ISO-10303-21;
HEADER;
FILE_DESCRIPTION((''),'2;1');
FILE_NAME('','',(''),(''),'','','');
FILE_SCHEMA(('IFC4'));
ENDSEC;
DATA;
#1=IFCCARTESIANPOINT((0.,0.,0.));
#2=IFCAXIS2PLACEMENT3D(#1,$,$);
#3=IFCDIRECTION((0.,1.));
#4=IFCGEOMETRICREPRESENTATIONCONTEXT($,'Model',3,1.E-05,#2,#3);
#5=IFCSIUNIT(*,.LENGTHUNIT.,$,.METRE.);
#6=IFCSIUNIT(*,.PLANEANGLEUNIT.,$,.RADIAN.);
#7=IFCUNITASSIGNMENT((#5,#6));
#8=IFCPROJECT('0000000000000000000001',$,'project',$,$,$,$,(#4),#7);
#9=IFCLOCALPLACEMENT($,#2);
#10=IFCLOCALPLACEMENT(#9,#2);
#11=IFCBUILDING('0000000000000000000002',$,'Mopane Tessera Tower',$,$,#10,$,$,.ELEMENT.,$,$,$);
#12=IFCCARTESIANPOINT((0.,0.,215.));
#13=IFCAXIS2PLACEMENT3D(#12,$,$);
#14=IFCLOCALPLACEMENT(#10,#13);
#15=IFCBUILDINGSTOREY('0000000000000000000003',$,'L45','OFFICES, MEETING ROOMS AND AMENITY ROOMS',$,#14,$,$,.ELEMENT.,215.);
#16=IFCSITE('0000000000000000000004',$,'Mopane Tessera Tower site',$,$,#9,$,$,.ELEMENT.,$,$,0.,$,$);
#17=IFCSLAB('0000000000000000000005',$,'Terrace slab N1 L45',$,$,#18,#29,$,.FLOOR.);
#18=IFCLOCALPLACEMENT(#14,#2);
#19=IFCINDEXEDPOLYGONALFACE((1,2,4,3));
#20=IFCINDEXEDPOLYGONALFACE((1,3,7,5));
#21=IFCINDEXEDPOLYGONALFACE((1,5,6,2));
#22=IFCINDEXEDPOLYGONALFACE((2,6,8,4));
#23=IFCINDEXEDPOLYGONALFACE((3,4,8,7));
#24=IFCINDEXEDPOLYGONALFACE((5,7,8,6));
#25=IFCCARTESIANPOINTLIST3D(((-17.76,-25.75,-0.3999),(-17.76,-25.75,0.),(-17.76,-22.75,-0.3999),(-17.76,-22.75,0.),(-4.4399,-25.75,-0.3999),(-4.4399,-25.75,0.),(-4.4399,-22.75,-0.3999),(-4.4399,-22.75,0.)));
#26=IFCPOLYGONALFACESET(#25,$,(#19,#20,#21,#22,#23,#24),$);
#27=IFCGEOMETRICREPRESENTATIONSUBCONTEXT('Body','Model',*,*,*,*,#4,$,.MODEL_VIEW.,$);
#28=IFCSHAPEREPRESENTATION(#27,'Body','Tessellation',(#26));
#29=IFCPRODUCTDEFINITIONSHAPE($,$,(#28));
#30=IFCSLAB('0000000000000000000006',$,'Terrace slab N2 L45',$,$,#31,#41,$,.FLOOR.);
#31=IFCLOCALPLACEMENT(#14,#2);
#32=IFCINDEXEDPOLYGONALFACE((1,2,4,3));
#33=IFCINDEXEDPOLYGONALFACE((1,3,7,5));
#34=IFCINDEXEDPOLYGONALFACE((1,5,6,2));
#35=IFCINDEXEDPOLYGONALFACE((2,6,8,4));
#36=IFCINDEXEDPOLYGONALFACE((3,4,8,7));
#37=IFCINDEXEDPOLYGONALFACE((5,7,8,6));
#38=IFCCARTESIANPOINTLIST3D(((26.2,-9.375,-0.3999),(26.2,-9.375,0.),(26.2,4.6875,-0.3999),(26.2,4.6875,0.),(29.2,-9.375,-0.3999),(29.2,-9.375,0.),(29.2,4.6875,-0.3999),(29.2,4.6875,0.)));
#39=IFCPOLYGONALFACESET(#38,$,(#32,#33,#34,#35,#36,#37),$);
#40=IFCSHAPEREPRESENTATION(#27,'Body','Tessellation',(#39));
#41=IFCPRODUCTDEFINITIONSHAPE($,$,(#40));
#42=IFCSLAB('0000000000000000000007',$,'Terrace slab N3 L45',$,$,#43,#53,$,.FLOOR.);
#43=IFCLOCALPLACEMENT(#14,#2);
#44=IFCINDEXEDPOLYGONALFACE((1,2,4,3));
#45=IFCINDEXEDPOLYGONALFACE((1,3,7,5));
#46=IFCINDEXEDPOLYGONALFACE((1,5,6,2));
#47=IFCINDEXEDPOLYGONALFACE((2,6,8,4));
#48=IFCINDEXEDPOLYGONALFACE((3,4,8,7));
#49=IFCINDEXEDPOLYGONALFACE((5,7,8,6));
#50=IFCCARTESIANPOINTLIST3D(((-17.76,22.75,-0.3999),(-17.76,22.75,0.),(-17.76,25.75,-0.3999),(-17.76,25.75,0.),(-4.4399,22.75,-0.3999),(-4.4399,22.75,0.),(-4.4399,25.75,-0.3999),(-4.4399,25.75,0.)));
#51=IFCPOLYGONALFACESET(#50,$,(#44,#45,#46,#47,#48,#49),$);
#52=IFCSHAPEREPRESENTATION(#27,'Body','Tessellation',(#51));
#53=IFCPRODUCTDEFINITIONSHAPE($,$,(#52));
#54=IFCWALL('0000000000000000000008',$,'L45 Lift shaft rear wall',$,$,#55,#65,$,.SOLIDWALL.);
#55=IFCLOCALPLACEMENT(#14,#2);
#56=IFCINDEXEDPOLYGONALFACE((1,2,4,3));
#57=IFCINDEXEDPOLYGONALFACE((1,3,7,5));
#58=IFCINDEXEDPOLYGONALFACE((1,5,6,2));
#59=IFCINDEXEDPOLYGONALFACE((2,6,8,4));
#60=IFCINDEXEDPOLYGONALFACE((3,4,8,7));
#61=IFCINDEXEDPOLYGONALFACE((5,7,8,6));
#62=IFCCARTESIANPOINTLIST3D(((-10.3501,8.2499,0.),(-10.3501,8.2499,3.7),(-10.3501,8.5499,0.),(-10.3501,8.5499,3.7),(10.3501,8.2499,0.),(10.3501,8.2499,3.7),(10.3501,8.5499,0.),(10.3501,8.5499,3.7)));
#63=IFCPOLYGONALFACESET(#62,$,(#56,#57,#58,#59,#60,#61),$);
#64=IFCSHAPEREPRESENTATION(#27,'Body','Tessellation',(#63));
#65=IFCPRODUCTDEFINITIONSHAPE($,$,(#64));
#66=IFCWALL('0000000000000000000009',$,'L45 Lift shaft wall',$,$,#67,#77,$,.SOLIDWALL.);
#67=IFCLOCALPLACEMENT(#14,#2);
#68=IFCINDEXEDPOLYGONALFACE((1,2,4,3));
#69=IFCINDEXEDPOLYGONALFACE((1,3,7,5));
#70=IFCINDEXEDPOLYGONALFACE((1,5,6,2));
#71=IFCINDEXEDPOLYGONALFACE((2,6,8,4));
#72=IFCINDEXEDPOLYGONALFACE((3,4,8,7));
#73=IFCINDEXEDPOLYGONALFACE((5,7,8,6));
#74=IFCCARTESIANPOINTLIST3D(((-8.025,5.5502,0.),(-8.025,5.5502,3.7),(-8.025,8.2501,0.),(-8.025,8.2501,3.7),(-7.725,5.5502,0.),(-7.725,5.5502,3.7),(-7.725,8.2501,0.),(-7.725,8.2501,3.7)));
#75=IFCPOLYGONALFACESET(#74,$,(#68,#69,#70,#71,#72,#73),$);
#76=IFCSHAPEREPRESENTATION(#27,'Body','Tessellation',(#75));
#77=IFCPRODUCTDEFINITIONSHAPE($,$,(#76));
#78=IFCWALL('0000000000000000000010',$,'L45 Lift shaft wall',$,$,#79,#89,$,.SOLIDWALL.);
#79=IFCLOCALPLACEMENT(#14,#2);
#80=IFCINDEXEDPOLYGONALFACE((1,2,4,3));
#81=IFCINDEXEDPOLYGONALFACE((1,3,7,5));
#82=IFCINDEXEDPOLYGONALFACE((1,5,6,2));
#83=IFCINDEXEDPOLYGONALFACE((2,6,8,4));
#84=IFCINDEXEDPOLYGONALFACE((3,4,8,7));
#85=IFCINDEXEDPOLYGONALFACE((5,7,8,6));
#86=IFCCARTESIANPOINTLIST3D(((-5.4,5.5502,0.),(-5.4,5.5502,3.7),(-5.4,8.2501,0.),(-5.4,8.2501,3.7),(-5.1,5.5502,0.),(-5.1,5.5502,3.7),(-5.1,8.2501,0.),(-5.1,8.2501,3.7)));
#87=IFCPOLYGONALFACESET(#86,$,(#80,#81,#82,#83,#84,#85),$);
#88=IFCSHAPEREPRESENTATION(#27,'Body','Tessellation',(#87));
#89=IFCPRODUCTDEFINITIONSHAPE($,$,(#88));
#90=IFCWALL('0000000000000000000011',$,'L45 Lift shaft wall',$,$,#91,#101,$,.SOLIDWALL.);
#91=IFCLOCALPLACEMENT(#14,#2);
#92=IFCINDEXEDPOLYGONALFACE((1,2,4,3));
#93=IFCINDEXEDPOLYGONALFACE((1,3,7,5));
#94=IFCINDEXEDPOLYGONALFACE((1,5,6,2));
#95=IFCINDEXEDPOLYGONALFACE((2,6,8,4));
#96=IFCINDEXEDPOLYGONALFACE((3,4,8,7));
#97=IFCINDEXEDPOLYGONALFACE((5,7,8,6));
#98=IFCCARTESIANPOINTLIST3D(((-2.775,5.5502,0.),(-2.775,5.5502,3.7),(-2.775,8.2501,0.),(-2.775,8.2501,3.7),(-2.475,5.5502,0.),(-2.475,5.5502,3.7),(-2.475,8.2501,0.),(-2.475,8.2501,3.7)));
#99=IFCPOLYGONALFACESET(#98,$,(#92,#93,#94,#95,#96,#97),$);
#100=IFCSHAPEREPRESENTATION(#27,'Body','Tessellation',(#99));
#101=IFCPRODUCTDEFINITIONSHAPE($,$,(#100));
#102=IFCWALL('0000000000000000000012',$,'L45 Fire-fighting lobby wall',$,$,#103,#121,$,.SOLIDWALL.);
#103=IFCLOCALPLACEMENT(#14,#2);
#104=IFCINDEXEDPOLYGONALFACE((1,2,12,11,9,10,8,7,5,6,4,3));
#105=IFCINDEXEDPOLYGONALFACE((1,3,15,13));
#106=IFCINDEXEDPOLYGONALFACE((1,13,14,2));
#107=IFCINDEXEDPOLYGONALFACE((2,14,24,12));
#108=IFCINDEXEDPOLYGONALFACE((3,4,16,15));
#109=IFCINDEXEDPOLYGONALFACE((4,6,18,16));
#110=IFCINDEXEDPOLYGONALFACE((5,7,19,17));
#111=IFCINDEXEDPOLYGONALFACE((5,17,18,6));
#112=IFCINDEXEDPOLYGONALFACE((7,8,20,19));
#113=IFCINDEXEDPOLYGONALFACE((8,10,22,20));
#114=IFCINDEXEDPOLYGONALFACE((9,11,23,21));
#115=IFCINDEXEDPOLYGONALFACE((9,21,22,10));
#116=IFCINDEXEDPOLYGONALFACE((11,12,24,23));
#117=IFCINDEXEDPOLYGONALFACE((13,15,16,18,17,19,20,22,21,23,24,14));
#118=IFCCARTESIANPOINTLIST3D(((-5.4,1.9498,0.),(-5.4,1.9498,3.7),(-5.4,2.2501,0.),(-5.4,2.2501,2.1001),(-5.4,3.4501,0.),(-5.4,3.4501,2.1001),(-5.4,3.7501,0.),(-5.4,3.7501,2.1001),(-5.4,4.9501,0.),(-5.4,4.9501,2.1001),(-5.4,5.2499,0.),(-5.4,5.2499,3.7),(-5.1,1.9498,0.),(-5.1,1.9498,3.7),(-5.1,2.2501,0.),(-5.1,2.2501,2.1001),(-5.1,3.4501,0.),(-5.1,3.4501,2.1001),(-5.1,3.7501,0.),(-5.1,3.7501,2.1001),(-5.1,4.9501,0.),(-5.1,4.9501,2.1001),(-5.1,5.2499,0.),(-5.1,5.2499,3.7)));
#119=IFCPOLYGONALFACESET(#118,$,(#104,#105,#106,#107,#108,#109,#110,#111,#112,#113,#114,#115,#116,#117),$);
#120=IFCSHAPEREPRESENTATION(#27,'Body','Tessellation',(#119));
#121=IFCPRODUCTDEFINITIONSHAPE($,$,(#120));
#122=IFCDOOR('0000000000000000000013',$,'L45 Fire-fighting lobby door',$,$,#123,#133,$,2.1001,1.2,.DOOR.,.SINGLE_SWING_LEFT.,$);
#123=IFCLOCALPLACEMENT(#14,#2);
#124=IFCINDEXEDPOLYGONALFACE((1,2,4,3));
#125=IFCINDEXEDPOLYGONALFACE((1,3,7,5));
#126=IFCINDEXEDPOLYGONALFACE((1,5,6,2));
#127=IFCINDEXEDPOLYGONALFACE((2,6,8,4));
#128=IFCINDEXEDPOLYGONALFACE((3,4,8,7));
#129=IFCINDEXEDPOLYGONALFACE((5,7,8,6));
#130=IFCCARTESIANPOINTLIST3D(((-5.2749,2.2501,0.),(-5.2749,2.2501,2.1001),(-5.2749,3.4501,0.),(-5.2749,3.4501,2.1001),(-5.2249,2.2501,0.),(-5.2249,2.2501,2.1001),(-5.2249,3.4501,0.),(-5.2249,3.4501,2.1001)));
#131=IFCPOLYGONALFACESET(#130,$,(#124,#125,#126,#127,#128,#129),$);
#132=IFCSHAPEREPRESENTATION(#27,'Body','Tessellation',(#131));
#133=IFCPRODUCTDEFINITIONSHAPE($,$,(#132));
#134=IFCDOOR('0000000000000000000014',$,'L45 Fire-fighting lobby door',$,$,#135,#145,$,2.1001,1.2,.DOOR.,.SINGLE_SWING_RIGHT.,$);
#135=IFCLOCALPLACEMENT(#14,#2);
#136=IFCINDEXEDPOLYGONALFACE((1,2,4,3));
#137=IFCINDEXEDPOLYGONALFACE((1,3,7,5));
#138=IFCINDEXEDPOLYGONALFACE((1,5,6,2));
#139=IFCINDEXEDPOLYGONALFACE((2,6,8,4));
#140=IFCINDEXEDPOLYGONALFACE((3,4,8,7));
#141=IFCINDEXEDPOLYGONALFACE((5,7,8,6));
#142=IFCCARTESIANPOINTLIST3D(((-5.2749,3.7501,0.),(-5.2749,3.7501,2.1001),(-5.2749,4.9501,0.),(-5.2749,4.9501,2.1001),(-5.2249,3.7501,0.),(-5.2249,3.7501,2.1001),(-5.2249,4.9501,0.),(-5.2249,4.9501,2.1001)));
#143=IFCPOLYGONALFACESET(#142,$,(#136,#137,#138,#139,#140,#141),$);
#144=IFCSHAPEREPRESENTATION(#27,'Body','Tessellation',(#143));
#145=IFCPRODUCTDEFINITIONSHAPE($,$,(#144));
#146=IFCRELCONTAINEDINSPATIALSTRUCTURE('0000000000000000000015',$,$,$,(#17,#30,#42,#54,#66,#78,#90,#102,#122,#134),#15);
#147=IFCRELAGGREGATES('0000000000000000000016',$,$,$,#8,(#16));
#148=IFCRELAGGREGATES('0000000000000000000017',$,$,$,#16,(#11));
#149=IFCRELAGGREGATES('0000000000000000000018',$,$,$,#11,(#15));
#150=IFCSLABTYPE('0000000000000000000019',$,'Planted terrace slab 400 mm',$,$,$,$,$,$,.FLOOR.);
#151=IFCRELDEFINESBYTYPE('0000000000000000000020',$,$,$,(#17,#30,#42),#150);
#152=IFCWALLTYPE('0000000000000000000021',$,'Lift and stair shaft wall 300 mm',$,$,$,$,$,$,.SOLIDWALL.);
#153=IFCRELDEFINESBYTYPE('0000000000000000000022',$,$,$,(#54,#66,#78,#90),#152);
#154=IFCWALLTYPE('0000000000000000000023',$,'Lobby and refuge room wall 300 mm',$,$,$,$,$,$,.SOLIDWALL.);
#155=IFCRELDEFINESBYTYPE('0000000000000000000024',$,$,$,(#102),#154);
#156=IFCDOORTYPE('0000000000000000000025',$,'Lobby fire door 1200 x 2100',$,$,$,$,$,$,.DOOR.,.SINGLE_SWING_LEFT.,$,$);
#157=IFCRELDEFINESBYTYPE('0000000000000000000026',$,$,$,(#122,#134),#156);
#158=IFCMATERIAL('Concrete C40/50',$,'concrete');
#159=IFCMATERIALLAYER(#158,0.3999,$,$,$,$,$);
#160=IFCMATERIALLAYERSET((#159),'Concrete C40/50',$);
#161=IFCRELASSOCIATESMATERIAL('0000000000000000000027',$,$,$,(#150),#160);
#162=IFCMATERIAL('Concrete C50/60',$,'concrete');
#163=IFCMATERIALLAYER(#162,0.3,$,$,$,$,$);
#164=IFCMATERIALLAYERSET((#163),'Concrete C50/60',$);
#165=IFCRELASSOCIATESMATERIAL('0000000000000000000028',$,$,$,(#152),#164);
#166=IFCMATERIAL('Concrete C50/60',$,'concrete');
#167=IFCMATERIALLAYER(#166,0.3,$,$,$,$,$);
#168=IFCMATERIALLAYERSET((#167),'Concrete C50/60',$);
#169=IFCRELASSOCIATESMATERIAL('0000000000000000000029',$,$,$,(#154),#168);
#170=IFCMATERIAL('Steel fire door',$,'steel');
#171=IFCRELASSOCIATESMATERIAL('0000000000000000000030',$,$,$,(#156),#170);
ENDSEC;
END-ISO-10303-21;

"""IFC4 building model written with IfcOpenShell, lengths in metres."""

from ifc_helpers import new_model, si_unit, direction, frame, frame_2d, origin, place, context, subcontext, project, spatial, polyline, rectangle, outline, extrude, material, layer, layer_set, type_object, element, fill, save


model = new_model("IFC4")

# Units and contexts
model_context = context("Model", 3, precision=1e-05, world=origin(), true_north=direction((0.0, 1.0)))
body_context = subcontext(model_context, "Body", "Model", "MODEL_VIEW")
ifc_project = project(units=[si_unit("LENGTHUNIT", "METRE"), si_unit("PLANEANGLEUNIT", "RADIAN")], contexts=[model_context])

# Site, building, storey
site_placement = place(None, origin())
site = spatial("IfcSite", under=ifc_project, at=site_placement, Name="Mopane Tessera Tower site", CompositionType="ELEMENT", RefElevation=0.0)
building_placement = place(site_placement, origin())
building = spatial("IfcBuilding", under=site, at=building_placement, Name="Mopane Tessera Tower", CompositionType="ELEMENT")
storey_placement = place(building_placement, frame((0.0, 0.0, 215.0)))
storey = spatial("IfcBuildingStorey", under=building, at=storey_placement, Name="L45", Description="OFFICES, MEETING ROOMS AND AMENITY ROOMS", CompositionType="ELEMENT", Elevation=215.0)

# Slabs
ifc_material_1 = material(Name="Concrete C40/50", Category="concrete")
ifc_layer_1 = layer(ifc_material_1, 0.3999)
ifc_layer_set_1 = layer_set([ifc_layer_1], Name="Concrete C40/50")
slab_type = type_object("IfcSlabType", Name="Planted terrace slab 400 mm", PredefinedType="FLOOR", material=ifc_layer_set_1)
slab_1_placement = place(storey_placement, frame((0.0, 0.0, -0.3999)))
element("IfcSlab", 1, at=slab_1_placement, inside=storey, type_object=slab_type, Name="Terrace slab N1 L45", PredefinedType="FLOOR", context=body_context, shape_type="SweptSolid", body=[
    extrude(outline(polyline([(-4.4399, -25.75), (-4.4399, -22.75), (-17.76, -22.75), (-17.76, -25.75), (-4.4399, -25.75)])), origin(), (0.0, 0.0, 1.0), 0.3999),
])
slab_2_placement = place(storey_placement, frame((0.0, 0.0, -0.3999)))
element("IfcSlab", 2, at=slab_2_placement, inside=storey, type_object=slab_type, Name="Terrace slab N2 L45", PredefinedType="FLOOR", context=body_context, shape_type="SweptSolid", body=[
    extrude(outline(polyline([(29.2, 4.6875), (26.2, 4.6875), (26.2, -9.375), (29.2, -9.375), (29.2, 4.6875)])), origin(), (0.0, 0.0, 1.0), 0.3999),
])
slab_3_placement = place(storey_placement, frame((0.0, 0.0, -0.3999)))
element("IfcSlab", 3, at=slab_3_placement, inside=storey, type_object=slab_type, Name="Terrace slab N3 L45", PredefinedType="FLOOR", context=body_context, shape_type="SweptSolid", body=[
    extrude(outline(polyline([(-17.76, 25.75), (-17.76, 22.75), (-4.4399, 22.75), (-4.4399, 25.75), (-17.76, 25.75)])), origin(), (0.0, 0.0, 1.0), 0.3999),
])

# Walls
ifc_material_2 = material(Name="Concrete C50/60", Category="concrete")
ifc_layer_2 = layer(ifc_material_2, 0.3)
ifc_layer_set_2 = layer_set([ifc_layer_2], Name="Concrete C50/60")
wall_type_1 = type_object("IfcWallType", Name="Lift and stair shaft wall 300 mm", PredefinedType="SOLIDWALL", material=ifc_layer_set_2)
wall_1_placement = place(storey_placement, frame((-10.3501, 8.3999, 0.0), z_axis=(0.0, 0.0, 1.0), x_axis=(1.0, 0.0, 0.0)))
element("IfcWall", 4, at=wall_1_placement, inside=storey, type_object=wall_type_1, Name="L45 Lift shaft rear wall", PredefinedType="SOLIDWALL", context=body_context, shape_type="SweptSolid", body=[
    extrude(rectangle(XDim=20.7002, YDim=0.3, at=frame_2d((10.3501, 0.0))), origin(), (0.0, 0.0, 1.0), 3.7),
])
for number, where, z_axis, x_axis, name in (
    (5, (-7.875, 5.55, 0.0), (0.0, 0.0, 1.0), (0.0, 1.0, 0.0), "L45 Lift shaft wall"),
    (6, (-5.25, 5.55, 0.0), (0.0, 0.0, 1.0), (0.0, 1.0, 0.0), "L45 Lift shaft wall"),
    (7, (-2.625, 5.55, 0.0), (0.0, 0.0, 1.0), (0.0, 1.0, 0.0), "L45 Lift shaft wall"),
):
    element("IfcWall", number, at=place(storey_placement, frame(where, z_axis=z_axis, x_axis=x_axis)), inside=storey, type_object=wall_type_1, Name=name, PredefinedType="SOLIDWALL", context=body_context, shape_type="SweptSolid", body=[
        extrude(rectangle(XDim=2.7, YDim=0.3, at=frame_2d((1.3501, 0.0))), origin(), (0.0, 0.0, 1.0), 3.7),
    ])

# Wall, openings, doors
ifc_material_3 = material(Name="Concrete C50/60", Category="concrete")
ifc_layer_3 = layer(ifc_material_3, 0.3)
ifc_layer_set_3 = layer_set([ifc_layer_3], Name="Concrete C50/60")
wall_type_2 = type_object("IfcWallType", Name="Lobby and refuge room wall 300 mm", PredefinedType="SOLIDWALL", material=ifc_layer_set_3)
wall_2_placement = place(storey_placement, frame((-5.25, 1.95, 0.0), z_axis=(0.0, 0.0, 1.0), x_axis=(0.0, 1.0, 0.0)))
wall_2 = element("IfcWall", 8, at=wall_2_placement, inside=storey, type_object=wall_type_2, Name="L45 Fire-fighting lobby wall", PredefinedType="SOLIDWALL", context=body_context, shape_type="SweptSolid", body=[
    extrude(rectangle(XDim=3.3, YDim=0.3, at=frame_2d((1.6499, 0.0))), origin(), (0.0, 0.0, 1.0), 3.7),
])
opening_1_placement = place(wall_2_placement, frame((0.3, 0.0, 0.0)))
opening_1 = element("IfcOpeningElement", 9, at=opening_1_placement, cuts=wall_2, PredefinedType="OPENING", context=body_context, shape_type="SweptSolid", body=[
    extrude(rectangle(XDim=1.2, YDim=2.1001, at=frame_2d((0.6001, 1.05))), frame((0.0, 0.1621, 0.0), z_axis=(0.0, -1.0, 0.0), x_axis=(1.0, 0.0, 0.0)), (0.0, 0.0, 1.0), 0.324),
])
opening_2_placement = place(wall_2_placement, frame((1.8, 0.0, 0.0)))
opening_2 = element("IfcOpeningElement", 10, at=opening_2_placement, cuts=wall_2, PredefinedType="OPENING", context=body_context, shape_type="SweptSolid", body=[
    extrude(rectangle(XDim=1.2, YDim=2.1001, at=frame_2d((0.6001, 1.05))), frame((0.0, 0.1621, 0.0), z_axis=(0.0, -1.0, 0.0), x_axis=(1.0, 0.0, 0.0)), (0.0, 0.0, 1.0), 0.324),
])
ifc_material_4 = material(Name="Steel fire door", Category="steel")
door_type = type_object("IfcDoorType", Name="Lobby fire door 1200 x 2100", OperationType="SINGLE_SWING_LEFT", PredefinedType="DOOR", material=ifc_material_4)
door_1_placement = place(opening_1_placement, origin())
door_1 = element("IfcDoor", 11, at=door_1_placement, inside=storey, type_object=door_type, Name="L45 Fire-fighting lobby door", OperationType="SINGLE_SWING_LEFT", OverallHeight=2.1001, OverallWidth=1.2, PredefinedType="DOOR", context=body_context, shape_type="SweptSolid", body=[
    extrude(rectangle(XDim=1.2, YDim=2.1001, at=frame_2d((0.6001, 1.05))), frame((0.0, 0.0249, 0.0), z_axis=(0.0, -1.0, 0.0), x_axis=(1.0, 0.0, 0.0)), (0.0, 0.0, 1.0), 0.05),
])
fill(opening_1, door_1)
door_2_placement = place(opening_2_placement, origin())
door_2 = element("IfcDoor", 12, at=door_2_placement, inside=storey, type_object=door_type, Name="L45 Fire-fighting lobby door", OperationType="SINGLE_SWING_RIGHT", OverallHeight=2.1001, OverallWidth=1.2, PredefinedType="DOOR", context=body_context, shape_type="SweptSolid", body=[
    extrude(rectangle(XDim=1.2, YDim=2.1001, at=frame_2d((0.6001, 1.05))), frame((0.0, 0.0249, 0.0), z_axis=(0.0, -1.0, 0.0), x_axis=(1.0, 0.0, 0.0)), (0.0, 0.0, 1.0), 0.05),
])
fill(opening_2, door_2)

save(model, "model.ifc")
